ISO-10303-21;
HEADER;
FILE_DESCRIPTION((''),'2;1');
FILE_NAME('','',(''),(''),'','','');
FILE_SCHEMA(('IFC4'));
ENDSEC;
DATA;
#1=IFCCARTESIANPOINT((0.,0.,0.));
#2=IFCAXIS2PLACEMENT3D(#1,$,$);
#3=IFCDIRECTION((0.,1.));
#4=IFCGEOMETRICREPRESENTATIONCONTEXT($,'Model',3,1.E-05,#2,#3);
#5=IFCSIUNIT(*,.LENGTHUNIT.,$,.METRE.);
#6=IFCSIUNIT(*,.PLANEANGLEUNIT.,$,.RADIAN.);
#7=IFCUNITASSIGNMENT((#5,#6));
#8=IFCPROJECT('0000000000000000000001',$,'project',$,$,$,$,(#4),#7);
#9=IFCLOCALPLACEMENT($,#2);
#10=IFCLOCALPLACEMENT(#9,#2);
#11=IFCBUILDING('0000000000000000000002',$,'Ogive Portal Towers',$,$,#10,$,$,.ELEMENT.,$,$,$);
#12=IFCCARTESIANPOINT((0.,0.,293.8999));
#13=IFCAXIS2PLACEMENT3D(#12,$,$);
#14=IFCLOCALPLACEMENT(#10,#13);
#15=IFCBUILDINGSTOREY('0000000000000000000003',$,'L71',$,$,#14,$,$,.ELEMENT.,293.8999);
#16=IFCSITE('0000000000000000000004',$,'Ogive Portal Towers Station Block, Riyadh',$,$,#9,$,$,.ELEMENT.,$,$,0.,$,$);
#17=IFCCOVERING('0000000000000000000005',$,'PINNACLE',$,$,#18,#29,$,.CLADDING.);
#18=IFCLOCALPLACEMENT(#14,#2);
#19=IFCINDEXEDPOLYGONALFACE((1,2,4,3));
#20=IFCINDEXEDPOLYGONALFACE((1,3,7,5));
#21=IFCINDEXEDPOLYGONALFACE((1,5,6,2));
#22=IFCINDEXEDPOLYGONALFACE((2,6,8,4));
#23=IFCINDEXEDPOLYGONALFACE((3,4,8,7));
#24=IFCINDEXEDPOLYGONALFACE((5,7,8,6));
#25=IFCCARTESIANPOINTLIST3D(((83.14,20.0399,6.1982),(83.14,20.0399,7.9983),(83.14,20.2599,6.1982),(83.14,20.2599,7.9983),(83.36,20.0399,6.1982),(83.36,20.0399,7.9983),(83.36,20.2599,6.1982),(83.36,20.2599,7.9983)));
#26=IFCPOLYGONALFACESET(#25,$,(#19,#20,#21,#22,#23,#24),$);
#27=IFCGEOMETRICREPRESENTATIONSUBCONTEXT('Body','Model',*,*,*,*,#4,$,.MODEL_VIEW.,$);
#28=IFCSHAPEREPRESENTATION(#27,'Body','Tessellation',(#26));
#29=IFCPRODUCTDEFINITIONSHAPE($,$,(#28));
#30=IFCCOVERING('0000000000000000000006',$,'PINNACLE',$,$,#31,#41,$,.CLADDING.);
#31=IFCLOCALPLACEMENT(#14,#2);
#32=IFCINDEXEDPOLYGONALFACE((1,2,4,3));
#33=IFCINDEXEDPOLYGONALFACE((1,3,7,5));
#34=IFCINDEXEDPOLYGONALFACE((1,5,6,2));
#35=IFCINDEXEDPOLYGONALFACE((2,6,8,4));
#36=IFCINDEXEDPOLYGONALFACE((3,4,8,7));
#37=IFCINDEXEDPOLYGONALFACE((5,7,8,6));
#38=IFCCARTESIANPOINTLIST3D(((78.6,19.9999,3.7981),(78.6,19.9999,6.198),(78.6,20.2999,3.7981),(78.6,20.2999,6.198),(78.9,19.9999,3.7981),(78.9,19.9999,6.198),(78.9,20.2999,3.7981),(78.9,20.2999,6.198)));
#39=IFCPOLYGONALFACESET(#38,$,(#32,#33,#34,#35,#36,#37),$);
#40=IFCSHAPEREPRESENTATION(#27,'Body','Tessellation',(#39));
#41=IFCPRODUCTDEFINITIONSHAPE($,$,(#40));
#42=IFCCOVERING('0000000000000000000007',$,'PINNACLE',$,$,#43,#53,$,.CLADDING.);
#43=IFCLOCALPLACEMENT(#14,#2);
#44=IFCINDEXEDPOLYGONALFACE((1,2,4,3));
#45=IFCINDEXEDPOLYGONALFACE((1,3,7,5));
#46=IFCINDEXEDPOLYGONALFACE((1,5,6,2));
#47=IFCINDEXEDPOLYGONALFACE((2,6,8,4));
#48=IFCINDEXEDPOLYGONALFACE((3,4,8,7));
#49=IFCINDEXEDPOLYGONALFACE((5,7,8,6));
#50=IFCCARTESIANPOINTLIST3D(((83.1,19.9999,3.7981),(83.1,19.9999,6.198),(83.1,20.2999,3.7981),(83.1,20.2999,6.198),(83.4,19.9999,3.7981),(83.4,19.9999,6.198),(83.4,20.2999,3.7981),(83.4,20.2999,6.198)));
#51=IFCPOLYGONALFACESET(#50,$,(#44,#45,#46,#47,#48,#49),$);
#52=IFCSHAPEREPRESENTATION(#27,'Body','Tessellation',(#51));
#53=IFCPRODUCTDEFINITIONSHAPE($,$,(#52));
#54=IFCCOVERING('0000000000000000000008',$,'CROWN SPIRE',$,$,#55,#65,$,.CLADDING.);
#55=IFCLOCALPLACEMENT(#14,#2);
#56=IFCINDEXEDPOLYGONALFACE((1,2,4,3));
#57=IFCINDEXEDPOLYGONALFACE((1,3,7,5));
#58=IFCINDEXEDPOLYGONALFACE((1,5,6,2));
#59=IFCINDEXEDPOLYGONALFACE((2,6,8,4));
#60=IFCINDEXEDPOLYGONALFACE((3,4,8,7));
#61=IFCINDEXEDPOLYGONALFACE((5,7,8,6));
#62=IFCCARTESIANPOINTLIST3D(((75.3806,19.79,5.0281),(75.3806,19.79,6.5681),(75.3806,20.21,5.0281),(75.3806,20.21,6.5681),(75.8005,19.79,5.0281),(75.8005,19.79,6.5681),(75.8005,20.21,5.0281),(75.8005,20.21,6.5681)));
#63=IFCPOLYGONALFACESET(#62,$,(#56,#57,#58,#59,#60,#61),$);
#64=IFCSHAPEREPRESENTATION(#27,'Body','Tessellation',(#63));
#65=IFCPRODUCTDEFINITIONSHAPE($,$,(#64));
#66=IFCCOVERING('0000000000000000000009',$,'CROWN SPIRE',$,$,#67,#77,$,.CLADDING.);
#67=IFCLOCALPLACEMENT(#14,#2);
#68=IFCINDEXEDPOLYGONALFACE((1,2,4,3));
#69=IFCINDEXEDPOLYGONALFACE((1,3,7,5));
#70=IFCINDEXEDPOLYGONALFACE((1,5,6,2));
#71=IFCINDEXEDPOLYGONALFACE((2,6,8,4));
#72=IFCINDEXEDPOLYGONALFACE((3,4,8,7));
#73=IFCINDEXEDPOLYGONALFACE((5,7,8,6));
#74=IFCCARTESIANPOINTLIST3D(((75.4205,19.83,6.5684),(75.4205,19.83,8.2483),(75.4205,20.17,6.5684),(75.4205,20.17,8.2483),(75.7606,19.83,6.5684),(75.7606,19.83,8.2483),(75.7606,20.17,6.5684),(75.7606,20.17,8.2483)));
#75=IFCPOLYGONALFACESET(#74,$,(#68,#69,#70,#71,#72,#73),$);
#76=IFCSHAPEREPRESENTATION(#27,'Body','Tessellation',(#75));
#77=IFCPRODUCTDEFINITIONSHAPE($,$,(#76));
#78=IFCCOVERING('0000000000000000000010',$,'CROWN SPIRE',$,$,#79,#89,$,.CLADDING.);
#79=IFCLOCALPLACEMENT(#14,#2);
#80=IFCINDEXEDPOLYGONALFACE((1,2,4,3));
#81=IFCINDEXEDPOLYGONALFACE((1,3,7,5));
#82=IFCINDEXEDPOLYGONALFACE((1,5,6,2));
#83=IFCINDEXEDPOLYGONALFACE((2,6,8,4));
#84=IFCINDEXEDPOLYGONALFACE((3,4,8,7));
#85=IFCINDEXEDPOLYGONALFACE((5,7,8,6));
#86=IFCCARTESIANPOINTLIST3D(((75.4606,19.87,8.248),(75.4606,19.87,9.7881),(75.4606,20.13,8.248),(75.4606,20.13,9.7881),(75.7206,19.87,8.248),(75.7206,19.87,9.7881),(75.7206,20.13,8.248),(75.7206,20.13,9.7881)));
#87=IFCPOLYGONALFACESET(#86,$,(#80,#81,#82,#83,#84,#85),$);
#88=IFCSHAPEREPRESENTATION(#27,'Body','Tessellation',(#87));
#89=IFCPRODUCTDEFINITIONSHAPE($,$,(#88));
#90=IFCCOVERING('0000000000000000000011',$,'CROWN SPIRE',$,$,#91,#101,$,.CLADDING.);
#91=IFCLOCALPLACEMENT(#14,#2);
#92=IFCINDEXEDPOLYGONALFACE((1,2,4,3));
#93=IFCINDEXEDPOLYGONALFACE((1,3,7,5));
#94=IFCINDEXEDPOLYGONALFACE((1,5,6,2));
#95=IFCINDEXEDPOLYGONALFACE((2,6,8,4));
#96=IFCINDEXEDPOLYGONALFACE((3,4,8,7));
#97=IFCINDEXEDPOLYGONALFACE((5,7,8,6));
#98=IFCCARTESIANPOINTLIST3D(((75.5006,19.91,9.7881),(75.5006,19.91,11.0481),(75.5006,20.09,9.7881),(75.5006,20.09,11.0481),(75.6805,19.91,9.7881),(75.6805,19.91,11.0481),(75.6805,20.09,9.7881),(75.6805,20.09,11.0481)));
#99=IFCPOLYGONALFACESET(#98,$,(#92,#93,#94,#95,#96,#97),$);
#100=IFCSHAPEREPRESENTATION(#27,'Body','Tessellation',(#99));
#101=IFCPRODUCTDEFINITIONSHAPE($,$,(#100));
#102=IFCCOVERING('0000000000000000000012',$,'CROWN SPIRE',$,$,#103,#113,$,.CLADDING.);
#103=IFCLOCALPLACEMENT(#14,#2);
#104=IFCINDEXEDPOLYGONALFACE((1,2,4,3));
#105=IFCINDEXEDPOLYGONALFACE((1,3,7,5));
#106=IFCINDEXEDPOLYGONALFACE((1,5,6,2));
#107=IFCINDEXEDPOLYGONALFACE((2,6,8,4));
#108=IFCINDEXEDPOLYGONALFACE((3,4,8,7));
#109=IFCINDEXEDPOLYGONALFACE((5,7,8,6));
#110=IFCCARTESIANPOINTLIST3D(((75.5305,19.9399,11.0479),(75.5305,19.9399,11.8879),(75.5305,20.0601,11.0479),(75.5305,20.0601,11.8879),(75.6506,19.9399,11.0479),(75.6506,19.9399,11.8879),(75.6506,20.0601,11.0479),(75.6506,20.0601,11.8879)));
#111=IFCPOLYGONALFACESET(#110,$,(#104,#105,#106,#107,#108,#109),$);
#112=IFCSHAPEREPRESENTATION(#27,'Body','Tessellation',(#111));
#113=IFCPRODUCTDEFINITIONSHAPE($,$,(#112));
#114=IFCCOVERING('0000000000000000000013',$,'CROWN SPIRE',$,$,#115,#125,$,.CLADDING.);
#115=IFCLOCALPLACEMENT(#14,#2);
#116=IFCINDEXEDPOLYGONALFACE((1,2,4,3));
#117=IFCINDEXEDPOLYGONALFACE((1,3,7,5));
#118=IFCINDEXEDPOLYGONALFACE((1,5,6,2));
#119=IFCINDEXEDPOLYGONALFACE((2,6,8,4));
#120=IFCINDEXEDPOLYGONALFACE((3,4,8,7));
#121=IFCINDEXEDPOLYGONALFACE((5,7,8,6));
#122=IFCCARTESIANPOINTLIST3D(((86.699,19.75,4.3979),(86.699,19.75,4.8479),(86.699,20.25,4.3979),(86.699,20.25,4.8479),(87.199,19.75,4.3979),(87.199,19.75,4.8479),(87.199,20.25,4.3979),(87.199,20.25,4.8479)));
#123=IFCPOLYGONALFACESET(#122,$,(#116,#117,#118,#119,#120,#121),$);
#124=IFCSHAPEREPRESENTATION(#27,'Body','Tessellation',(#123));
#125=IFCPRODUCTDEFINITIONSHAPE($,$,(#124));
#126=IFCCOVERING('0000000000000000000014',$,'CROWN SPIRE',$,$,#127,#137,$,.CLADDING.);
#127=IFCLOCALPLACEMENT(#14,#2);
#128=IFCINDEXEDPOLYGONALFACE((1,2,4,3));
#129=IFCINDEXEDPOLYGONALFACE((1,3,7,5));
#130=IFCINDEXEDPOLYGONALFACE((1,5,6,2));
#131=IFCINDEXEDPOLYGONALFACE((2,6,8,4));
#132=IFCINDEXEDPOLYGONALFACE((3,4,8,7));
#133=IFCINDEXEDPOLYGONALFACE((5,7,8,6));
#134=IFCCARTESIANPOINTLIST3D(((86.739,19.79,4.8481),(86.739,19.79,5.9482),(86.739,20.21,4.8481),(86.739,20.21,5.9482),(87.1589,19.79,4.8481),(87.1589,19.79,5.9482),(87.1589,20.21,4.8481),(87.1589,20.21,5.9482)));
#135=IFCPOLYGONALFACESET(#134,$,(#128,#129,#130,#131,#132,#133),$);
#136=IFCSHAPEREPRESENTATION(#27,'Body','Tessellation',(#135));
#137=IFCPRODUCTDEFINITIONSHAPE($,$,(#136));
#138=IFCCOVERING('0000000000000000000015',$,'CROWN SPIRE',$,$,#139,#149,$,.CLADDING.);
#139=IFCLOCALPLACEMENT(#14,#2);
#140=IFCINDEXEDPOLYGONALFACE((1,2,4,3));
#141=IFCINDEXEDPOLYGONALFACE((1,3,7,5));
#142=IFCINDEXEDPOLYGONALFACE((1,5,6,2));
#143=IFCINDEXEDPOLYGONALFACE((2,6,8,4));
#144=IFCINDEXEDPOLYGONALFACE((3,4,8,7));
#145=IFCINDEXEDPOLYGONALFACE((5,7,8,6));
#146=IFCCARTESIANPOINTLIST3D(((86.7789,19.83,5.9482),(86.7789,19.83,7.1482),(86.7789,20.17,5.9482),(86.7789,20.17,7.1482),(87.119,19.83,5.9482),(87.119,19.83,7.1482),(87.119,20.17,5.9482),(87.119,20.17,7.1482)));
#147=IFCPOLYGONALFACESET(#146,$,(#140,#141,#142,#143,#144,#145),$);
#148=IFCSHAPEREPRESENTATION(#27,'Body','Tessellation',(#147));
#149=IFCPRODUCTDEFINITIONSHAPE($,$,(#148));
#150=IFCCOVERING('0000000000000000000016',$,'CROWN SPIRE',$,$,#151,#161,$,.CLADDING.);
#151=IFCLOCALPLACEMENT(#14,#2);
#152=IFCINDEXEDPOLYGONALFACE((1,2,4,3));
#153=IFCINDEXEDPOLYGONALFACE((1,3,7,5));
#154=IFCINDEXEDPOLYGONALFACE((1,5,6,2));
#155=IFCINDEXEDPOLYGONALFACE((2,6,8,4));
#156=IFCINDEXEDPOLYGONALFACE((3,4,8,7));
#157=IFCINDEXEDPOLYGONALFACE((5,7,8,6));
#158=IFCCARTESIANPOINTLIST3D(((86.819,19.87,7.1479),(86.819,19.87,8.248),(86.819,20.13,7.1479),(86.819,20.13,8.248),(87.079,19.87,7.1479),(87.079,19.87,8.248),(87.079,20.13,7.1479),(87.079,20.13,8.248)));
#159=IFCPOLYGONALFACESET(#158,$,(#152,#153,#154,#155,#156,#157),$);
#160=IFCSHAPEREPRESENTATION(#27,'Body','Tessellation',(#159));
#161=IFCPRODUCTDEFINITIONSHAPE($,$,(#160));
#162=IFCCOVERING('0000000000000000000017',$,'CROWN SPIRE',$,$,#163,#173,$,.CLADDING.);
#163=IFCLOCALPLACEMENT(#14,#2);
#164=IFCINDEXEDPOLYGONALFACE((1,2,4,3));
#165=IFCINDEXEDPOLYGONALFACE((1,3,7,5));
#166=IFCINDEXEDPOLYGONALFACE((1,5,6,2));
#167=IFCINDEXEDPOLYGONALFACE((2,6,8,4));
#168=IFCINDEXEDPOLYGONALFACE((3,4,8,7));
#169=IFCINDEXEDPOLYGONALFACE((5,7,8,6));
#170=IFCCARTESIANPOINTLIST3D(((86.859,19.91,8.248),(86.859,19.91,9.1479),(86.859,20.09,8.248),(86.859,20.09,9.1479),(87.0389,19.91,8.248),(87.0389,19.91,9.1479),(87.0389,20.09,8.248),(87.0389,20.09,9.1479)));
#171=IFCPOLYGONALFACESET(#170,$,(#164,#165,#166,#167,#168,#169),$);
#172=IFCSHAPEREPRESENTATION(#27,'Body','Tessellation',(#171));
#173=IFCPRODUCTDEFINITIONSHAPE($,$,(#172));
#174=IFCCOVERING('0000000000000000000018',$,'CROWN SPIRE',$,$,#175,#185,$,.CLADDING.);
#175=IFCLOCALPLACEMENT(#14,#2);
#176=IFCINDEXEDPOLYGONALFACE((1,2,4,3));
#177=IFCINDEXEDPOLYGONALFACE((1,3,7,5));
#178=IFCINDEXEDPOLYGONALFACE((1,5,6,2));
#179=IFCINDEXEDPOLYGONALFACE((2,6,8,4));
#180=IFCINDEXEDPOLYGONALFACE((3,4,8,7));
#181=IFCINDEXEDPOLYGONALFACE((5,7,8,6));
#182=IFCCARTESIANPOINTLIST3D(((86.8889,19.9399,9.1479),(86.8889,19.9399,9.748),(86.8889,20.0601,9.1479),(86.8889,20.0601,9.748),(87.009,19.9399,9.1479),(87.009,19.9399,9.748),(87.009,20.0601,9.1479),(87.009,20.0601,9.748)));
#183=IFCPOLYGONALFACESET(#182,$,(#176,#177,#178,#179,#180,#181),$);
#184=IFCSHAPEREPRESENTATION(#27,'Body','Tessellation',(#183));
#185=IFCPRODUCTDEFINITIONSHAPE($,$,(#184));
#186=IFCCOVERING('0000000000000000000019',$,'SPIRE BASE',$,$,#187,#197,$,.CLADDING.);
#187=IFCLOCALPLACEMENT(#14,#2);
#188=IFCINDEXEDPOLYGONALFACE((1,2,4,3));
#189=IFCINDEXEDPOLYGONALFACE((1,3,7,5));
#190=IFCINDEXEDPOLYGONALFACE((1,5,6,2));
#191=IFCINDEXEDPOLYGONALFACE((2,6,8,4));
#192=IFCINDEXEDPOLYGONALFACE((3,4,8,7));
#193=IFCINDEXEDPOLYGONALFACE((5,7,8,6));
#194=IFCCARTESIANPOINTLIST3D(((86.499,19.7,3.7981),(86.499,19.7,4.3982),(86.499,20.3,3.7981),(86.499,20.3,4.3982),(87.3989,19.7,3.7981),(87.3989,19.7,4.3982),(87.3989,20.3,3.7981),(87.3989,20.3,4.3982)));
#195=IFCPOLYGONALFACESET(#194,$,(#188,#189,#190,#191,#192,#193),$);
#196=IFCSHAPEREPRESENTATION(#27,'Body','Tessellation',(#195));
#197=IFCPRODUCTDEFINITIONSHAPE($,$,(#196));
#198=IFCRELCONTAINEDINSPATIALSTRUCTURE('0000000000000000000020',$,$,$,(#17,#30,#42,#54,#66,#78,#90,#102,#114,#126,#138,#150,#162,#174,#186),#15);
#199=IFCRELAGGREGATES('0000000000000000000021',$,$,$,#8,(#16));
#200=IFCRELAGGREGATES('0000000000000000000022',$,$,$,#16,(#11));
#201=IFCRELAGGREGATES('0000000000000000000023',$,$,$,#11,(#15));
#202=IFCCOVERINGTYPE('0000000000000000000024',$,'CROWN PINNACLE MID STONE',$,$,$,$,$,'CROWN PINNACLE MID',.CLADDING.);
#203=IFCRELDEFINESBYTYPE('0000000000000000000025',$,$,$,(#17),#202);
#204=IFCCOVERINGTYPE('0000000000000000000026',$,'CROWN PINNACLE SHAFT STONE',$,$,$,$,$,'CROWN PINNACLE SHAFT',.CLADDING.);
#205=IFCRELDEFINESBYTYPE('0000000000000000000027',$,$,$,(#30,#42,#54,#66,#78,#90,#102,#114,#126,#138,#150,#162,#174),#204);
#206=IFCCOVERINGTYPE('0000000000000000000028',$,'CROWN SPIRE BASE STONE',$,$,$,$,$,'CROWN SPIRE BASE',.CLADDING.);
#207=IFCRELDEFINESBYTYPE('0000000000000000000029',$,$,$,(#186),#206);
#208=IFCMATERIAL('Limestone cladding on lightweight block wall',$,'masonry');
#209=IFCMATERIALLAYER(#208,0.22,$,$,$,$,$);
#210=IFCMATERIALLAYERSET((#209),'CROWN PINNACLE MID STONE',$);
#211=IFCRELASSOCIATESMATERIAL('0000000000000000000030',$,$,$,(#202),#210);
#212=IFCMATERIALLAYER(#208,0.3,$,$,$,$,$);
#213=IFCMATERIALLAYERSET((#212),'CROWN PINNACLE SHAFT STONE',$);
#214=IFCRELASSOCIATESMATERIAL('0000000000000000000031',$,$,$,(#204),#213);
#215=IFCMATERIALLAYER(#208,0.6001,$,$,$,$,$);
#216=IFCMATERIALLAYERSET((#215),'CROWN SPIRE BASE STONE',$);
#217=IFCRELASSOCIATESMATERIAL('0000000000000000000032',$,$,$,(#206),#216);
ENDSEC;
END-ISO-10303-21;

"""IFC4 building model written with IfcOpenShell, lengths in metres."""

from ifc_helpers import new_model, si_unit, direction, frame, origin, origin_2d, place, context, subcontext, project, spatial, rectangle, extrude, material, layer, layer_set, type_object, element, save


model = new_model("IFC4")

# Units and contexts
model_context = context("Model", 3, precision=1e-05, world=origin(), true_north=direction((0.0, 1.0)))
body_context = subcontext(model_context, "Body", "Model", "MODEL_VIEW")
ifc_project = project(units=[si_unit("LENGTHUNIT", "METRE"), si_unit("PLANEANGLEUNIT", "RADIAN")], contexts=[model_context])

# Site, building, storey
site_placement = place(None, origin())
site = spatial("IfcSite", under=ifc_project, at=site_placement, Name="Ogive Portal Towers Station Block, Riyadh", CompositionType="ELEMENT", RefElevation=0.0)
building_placement = place(site_placement, origin())
building = spatial("IfcBuilding", under=site, at=building_placement, Name="Ogive Portal Towers", CompositionType="ELEMENT")
storey_placement = place(building_placement, frame((0.0, 0.0, 293.8999)))
storey = spatial("IfcBuildingStorey", under=building, at=storey_placement, Name="L71", CompositionType="ELEMENT", Elevation=293.8999)

# Shared definitions
ifc_material_1 = material(Name="Limestone cladding on lightweight block wall", Category="masonry")

# Coverings
ifc_layer_1 = layer(ifc_material_1, 0.22)
ifc_layer_set_1 = layer_set([ifc_layer_1], Name="CROWN PINNACLE MID STONE")
covering_type_1 = type_object("IfcCoveringType", Name="CROWN PINNACLE MID STONE", ElementType="CROWN PINNACLE MID", PredefinedType="CLADDING", material=ifc_layer_set_1)
for number, where, z_axis, x_axis, name in (
    (1, (83.25, 20.1499, 6.1982), (0.0, 0.0, 1.0), (1.0, 0.0, 0.0), "PINNACLE"),
):
    element("IfcCovering", number, at=place(storey_placement, frame(where, z_axis=z_axis, x_axis=x_axis)), inside=storey, type_object=covering_type_1, Name=name, PredefinedType="CLADDING", context=body_context, shape_type="SweptSolid", body=[
        extrude(rectangle(XDim=0.22, YDim=0.22, at=origin_2d()), origin(), (0.0, 0.0, 1.0), 1.8),
    ])
ifc_layer_2 = layer(ifc_material_1, 0.3)
ifc_layer_set_2 = layer_set([ifc_layer_2], Name="CROWN PINNACLE SHAFT STONE")
covering_type_2 = type_object("IfcCoveringType", Name="CROWN PINNACLE SHAFT STONE", ElementType="CROWN PINNACLE SHAFT", PredefinedType="CLADDING", material=ifc_layer_set_2)
for number, where, z_axis, x_axis, name in (
    (2, (78.75, 20.1499, 3.7981), (0.0, 0.0, 1.0), (1.0, 0.0, 0.0), "PINNACLE"),
    (3, (83.25, 20.1499, 3.7981), (0.0, 0.0, 1.0), (1.0, 0.0, 0.0), "PINNACLE"),
):
    element("IfcCovering", number, at=place(storey_placement, frame(where, z_axis=z_axis, x_axis=x_axis)), inside=storey, type_object=covering_type_2, Name=name, PredefinedType="CLADDING", context=body_context, shape_type="SweptSolid", body=[
        extrude(rectangle(XDim=0.3, YDim=0.3, at=origin_2d()), origin(), (0.0, 0.0, 1.0), 2.3999),
    ])
covering_1_placement = place(storey_placement, frame((75.5906, 20.0, 5.0281), z_axis=(0.0, 0.0, 1.0), x_axis=(1.0, 0.0, 0.0)))
element("IfcCovering", 4, at=covering_1_placement, inside=storey, type_object=covering_type_2, Name="CROWN SPIRE", PredefinedType="CLADDING", context=body_context, shape_type="SweptSolid", body=[
    extrude(rectangle(XDim=0.4199, YDim=0.4199, at=origin_2d()), origin(), (0.0, 0.0, 1.0), 1.54),
])
covering_2_placement = place(storey_placement, frame((75.5906, 20.0, 6.5684), z_axis=(0.0, 0.0, 1.0), x_axis=(1.0, 0.0, 0.0)))
element("IfcCovering", 5, at=covering_2_placement, inside=storey, type_object=covering_type_2, Name="CROWN SPIRE", PredefinedType="CLADDING", context=body_context, shape_type="SweptSolid", body=[
    extrude(rectangle(XDim=0.3401, YDim=0.3401, at=origin_2d()), origin(), (0.0, 0.0, 1.0), 1.6799),
])
covering_3_placement = place(storey_placement, frame((75.5906, 20.0, 8.248), z_axis=(0.0, 0.0, 1.0), x_axis=(1.0, 0.0, 0.0)))
element("IfcCovering", 6, at=covering_3_placement, inside=storey, type_object=covering_type_2, Name="CROWN SPIRE", PredefinedType="CLADDING", context=body_context, shape_type="SweptSolid", body=[
    extrude(rectangle(XDim=0.26, YDim=0.26, at=origin_2d()), origin(), (0.0, 0.0, 1.0), 1.54),
])
covering_4_placement = place(storey_placement, frame((75.5906, 20.0, 9.7881), z_axis=(0.0, 0.0, 1.0), x_axis=(1.0, 0.0, 0.0)))
element("IfcCovering", 7, at=covering_4_placement, inside=storey, type_object=covering_type_2, Name="CROWN SPIRE", PredefinedType="CLADDING", context=body_context, shape_type="SweptSolid", body=[
    extrude(rectangle(XDim=0.1799, YDim=0.1799, at=origin_2d()), origin(), (0.0, 0.0, 1.0), 1.26),
])
covering_5_placement = place(storey_placement, frame((75.5906, 20.0, 11.0479), z_axis=(0.0, 0.0, 1.0), x_axis=(1.0, 0.0, 0.0)))
element("IfcCovering", 8, at=covering_5_placement, inside=storey, type_object=covering_type_2, Name="CROWN SPIRE", PredefinedType="CLADDING", context=body_context, shape_type="SweptSolid", body=[
    extrude(rectangle(XDim=0.1201, YDim=0.1201, at=origin_2d()), origin(), (0.0, 0.0, 1.0), 0.8401),
])
covering_6_placement = place(storey_placement, frame((86.949, 20.0, 4.3979), z_axis=(0.0, 0.0, 1.0), x_axis=(1.0, 0.0, 0.0)))
element("IfcCovering", 9, at=covering_6_placement, inside=storey, type_object=covering_type_2, Name="CROWN SPIRE", PredefinedType="CLADDING", context=body_context, shape_type="SweptSolid", body=[
    extrude(rectangle(XDim=0.5, YDim=0.5, at=origin_2d()), origin(), (0.0, 0.0, 1.0), 0.45),
])
covering_7_placement = place(storey_placement, frame((86.949, 20.0, 4.8481), z_axis=(0.0, 0.0, 1.0), x_axis=(1.0, 0.0, 0.0)))
element("IfcCovering", 10, at=covering_7_placement, inside=storey, type_object=covering_type_2, Name="CROWN SPIRE", PredefinedType="CLADDING", context=body_context, shape_type="SweptSolid", body=[
    extrude(rectangle(XDim=0.4199, YDim=0.4199, at=origin_2d()), origin(), (0.0, 0.0, 1.0), 1.1001),
])
covering_8_placement = place(storey_placement, frame((86.949, 20.0, 5.9482), z_axis=(0.0, 0.0, 1.0), x_axis=(1.0, 0.0, 0.0)))
element("IfcCovering", 11, at=covering_8_placement, inside=storey, type_object=covering_type_2, Name="CROWN SPIRE", PredefinedType="CLADDING", context=body_context, shape_type="SweptSolid", body=[
    extrude(rectangle(XDim=0.3401, YDim=0.3401, at=origin_2d()), origin(), (0.0, 0.0, 1.0), 1.2),
])
covering_9_placement = place(storey_placement, frame((86.949, 20.0, 7.1479), z_axis=(0.0, 0.0, 1.0), x_axis=(1.0, 0.0, 0.0)))
element("IfcCovering", 12, at=covering_9_placement, inside=storey, type_object=covering_type_2, Name="CROWN SPIRE", PredefinedType="CLADDING", context=body_context, shape_type="SweptSolid", body=[
    extrude(rectangle(XDim=0.26, YDim=0.26, at=origin_2d()), origin(), (0.0, 0.0, 1.0), 1.1001),
])
covering_10_placement = place(storey_placement, frame((86.949, 20.0, 8.248), z_axis=(0.0, 0.0, 1.0), x_axis=(1.0, 0.0, 0.0)))
element("IfcCovering", 13, at=covering_10_placement, inside=storey, type_object=covering_type_2, Name="CROWN SPIRE", PredefinedType="CLADDING", context=body_context, shape_type="SweptSolid", body=[
    extrude(rectangle(XDim=0.1799, YDim=0.1799, at=origin_2d()), origin(), (0.0, 0.0, 1.0), 0.8999),
])
covering_11_placement = place(storey_placement, frame((86.949, 20.0, 9.1479), z_axis=(0.0, 0.0, 1.0), x_axis=(1.0, 0.0, 0.0)))
element("IfcCovering", 14, at=covering_11_placement, inside=storey, type_object=covering_type_2, Name="CROWN SPIRE", PredefinedType="CLADDING", context=body_context, shape_type="SweptSolid", body=[
    extrude(rectangle(XDim=0.1201, YDim=0.1201, at=origin_2d()), origin(), (0.0, 0.0, 1.0), 0.6001),
])
ifc_layer_3 = layer(ifc_material_1, 0.6001)
ifc_layer_set_3 = layer_set([ifc_layer_3], Name="CROWN SPIRE BASE STONE")
covering_type_3 = type_object("IfcCoveringType", Name="CROWN SPIRE BASE STONE", ElementType="CROWN SPIRE BASE", PredefinedType="CLADDING", material=ifc_layer_set_3)
covering_12_placement = place(storey_placement, frame((86.949, 20.0, 3.7981), z_axis=(0.0, 0.0, 1.0), x_axis=(1.0, 0.0, 0.0)))
element("IfcCovering", 15, at=covering_12_placement, inside=storey, type_object=covering_type_3, Name="SPIRE BASE", PredefinedType="CLADDING", context=body_context, shape_type="SweptSolid", body=[
    extrude(rectangle(XDim=0.8999, YDim=0.6001, at=origin_2d()), origin(), (0.0, 0.0, 1.0), 0.6001),
])

save(model, "model.ifc")
